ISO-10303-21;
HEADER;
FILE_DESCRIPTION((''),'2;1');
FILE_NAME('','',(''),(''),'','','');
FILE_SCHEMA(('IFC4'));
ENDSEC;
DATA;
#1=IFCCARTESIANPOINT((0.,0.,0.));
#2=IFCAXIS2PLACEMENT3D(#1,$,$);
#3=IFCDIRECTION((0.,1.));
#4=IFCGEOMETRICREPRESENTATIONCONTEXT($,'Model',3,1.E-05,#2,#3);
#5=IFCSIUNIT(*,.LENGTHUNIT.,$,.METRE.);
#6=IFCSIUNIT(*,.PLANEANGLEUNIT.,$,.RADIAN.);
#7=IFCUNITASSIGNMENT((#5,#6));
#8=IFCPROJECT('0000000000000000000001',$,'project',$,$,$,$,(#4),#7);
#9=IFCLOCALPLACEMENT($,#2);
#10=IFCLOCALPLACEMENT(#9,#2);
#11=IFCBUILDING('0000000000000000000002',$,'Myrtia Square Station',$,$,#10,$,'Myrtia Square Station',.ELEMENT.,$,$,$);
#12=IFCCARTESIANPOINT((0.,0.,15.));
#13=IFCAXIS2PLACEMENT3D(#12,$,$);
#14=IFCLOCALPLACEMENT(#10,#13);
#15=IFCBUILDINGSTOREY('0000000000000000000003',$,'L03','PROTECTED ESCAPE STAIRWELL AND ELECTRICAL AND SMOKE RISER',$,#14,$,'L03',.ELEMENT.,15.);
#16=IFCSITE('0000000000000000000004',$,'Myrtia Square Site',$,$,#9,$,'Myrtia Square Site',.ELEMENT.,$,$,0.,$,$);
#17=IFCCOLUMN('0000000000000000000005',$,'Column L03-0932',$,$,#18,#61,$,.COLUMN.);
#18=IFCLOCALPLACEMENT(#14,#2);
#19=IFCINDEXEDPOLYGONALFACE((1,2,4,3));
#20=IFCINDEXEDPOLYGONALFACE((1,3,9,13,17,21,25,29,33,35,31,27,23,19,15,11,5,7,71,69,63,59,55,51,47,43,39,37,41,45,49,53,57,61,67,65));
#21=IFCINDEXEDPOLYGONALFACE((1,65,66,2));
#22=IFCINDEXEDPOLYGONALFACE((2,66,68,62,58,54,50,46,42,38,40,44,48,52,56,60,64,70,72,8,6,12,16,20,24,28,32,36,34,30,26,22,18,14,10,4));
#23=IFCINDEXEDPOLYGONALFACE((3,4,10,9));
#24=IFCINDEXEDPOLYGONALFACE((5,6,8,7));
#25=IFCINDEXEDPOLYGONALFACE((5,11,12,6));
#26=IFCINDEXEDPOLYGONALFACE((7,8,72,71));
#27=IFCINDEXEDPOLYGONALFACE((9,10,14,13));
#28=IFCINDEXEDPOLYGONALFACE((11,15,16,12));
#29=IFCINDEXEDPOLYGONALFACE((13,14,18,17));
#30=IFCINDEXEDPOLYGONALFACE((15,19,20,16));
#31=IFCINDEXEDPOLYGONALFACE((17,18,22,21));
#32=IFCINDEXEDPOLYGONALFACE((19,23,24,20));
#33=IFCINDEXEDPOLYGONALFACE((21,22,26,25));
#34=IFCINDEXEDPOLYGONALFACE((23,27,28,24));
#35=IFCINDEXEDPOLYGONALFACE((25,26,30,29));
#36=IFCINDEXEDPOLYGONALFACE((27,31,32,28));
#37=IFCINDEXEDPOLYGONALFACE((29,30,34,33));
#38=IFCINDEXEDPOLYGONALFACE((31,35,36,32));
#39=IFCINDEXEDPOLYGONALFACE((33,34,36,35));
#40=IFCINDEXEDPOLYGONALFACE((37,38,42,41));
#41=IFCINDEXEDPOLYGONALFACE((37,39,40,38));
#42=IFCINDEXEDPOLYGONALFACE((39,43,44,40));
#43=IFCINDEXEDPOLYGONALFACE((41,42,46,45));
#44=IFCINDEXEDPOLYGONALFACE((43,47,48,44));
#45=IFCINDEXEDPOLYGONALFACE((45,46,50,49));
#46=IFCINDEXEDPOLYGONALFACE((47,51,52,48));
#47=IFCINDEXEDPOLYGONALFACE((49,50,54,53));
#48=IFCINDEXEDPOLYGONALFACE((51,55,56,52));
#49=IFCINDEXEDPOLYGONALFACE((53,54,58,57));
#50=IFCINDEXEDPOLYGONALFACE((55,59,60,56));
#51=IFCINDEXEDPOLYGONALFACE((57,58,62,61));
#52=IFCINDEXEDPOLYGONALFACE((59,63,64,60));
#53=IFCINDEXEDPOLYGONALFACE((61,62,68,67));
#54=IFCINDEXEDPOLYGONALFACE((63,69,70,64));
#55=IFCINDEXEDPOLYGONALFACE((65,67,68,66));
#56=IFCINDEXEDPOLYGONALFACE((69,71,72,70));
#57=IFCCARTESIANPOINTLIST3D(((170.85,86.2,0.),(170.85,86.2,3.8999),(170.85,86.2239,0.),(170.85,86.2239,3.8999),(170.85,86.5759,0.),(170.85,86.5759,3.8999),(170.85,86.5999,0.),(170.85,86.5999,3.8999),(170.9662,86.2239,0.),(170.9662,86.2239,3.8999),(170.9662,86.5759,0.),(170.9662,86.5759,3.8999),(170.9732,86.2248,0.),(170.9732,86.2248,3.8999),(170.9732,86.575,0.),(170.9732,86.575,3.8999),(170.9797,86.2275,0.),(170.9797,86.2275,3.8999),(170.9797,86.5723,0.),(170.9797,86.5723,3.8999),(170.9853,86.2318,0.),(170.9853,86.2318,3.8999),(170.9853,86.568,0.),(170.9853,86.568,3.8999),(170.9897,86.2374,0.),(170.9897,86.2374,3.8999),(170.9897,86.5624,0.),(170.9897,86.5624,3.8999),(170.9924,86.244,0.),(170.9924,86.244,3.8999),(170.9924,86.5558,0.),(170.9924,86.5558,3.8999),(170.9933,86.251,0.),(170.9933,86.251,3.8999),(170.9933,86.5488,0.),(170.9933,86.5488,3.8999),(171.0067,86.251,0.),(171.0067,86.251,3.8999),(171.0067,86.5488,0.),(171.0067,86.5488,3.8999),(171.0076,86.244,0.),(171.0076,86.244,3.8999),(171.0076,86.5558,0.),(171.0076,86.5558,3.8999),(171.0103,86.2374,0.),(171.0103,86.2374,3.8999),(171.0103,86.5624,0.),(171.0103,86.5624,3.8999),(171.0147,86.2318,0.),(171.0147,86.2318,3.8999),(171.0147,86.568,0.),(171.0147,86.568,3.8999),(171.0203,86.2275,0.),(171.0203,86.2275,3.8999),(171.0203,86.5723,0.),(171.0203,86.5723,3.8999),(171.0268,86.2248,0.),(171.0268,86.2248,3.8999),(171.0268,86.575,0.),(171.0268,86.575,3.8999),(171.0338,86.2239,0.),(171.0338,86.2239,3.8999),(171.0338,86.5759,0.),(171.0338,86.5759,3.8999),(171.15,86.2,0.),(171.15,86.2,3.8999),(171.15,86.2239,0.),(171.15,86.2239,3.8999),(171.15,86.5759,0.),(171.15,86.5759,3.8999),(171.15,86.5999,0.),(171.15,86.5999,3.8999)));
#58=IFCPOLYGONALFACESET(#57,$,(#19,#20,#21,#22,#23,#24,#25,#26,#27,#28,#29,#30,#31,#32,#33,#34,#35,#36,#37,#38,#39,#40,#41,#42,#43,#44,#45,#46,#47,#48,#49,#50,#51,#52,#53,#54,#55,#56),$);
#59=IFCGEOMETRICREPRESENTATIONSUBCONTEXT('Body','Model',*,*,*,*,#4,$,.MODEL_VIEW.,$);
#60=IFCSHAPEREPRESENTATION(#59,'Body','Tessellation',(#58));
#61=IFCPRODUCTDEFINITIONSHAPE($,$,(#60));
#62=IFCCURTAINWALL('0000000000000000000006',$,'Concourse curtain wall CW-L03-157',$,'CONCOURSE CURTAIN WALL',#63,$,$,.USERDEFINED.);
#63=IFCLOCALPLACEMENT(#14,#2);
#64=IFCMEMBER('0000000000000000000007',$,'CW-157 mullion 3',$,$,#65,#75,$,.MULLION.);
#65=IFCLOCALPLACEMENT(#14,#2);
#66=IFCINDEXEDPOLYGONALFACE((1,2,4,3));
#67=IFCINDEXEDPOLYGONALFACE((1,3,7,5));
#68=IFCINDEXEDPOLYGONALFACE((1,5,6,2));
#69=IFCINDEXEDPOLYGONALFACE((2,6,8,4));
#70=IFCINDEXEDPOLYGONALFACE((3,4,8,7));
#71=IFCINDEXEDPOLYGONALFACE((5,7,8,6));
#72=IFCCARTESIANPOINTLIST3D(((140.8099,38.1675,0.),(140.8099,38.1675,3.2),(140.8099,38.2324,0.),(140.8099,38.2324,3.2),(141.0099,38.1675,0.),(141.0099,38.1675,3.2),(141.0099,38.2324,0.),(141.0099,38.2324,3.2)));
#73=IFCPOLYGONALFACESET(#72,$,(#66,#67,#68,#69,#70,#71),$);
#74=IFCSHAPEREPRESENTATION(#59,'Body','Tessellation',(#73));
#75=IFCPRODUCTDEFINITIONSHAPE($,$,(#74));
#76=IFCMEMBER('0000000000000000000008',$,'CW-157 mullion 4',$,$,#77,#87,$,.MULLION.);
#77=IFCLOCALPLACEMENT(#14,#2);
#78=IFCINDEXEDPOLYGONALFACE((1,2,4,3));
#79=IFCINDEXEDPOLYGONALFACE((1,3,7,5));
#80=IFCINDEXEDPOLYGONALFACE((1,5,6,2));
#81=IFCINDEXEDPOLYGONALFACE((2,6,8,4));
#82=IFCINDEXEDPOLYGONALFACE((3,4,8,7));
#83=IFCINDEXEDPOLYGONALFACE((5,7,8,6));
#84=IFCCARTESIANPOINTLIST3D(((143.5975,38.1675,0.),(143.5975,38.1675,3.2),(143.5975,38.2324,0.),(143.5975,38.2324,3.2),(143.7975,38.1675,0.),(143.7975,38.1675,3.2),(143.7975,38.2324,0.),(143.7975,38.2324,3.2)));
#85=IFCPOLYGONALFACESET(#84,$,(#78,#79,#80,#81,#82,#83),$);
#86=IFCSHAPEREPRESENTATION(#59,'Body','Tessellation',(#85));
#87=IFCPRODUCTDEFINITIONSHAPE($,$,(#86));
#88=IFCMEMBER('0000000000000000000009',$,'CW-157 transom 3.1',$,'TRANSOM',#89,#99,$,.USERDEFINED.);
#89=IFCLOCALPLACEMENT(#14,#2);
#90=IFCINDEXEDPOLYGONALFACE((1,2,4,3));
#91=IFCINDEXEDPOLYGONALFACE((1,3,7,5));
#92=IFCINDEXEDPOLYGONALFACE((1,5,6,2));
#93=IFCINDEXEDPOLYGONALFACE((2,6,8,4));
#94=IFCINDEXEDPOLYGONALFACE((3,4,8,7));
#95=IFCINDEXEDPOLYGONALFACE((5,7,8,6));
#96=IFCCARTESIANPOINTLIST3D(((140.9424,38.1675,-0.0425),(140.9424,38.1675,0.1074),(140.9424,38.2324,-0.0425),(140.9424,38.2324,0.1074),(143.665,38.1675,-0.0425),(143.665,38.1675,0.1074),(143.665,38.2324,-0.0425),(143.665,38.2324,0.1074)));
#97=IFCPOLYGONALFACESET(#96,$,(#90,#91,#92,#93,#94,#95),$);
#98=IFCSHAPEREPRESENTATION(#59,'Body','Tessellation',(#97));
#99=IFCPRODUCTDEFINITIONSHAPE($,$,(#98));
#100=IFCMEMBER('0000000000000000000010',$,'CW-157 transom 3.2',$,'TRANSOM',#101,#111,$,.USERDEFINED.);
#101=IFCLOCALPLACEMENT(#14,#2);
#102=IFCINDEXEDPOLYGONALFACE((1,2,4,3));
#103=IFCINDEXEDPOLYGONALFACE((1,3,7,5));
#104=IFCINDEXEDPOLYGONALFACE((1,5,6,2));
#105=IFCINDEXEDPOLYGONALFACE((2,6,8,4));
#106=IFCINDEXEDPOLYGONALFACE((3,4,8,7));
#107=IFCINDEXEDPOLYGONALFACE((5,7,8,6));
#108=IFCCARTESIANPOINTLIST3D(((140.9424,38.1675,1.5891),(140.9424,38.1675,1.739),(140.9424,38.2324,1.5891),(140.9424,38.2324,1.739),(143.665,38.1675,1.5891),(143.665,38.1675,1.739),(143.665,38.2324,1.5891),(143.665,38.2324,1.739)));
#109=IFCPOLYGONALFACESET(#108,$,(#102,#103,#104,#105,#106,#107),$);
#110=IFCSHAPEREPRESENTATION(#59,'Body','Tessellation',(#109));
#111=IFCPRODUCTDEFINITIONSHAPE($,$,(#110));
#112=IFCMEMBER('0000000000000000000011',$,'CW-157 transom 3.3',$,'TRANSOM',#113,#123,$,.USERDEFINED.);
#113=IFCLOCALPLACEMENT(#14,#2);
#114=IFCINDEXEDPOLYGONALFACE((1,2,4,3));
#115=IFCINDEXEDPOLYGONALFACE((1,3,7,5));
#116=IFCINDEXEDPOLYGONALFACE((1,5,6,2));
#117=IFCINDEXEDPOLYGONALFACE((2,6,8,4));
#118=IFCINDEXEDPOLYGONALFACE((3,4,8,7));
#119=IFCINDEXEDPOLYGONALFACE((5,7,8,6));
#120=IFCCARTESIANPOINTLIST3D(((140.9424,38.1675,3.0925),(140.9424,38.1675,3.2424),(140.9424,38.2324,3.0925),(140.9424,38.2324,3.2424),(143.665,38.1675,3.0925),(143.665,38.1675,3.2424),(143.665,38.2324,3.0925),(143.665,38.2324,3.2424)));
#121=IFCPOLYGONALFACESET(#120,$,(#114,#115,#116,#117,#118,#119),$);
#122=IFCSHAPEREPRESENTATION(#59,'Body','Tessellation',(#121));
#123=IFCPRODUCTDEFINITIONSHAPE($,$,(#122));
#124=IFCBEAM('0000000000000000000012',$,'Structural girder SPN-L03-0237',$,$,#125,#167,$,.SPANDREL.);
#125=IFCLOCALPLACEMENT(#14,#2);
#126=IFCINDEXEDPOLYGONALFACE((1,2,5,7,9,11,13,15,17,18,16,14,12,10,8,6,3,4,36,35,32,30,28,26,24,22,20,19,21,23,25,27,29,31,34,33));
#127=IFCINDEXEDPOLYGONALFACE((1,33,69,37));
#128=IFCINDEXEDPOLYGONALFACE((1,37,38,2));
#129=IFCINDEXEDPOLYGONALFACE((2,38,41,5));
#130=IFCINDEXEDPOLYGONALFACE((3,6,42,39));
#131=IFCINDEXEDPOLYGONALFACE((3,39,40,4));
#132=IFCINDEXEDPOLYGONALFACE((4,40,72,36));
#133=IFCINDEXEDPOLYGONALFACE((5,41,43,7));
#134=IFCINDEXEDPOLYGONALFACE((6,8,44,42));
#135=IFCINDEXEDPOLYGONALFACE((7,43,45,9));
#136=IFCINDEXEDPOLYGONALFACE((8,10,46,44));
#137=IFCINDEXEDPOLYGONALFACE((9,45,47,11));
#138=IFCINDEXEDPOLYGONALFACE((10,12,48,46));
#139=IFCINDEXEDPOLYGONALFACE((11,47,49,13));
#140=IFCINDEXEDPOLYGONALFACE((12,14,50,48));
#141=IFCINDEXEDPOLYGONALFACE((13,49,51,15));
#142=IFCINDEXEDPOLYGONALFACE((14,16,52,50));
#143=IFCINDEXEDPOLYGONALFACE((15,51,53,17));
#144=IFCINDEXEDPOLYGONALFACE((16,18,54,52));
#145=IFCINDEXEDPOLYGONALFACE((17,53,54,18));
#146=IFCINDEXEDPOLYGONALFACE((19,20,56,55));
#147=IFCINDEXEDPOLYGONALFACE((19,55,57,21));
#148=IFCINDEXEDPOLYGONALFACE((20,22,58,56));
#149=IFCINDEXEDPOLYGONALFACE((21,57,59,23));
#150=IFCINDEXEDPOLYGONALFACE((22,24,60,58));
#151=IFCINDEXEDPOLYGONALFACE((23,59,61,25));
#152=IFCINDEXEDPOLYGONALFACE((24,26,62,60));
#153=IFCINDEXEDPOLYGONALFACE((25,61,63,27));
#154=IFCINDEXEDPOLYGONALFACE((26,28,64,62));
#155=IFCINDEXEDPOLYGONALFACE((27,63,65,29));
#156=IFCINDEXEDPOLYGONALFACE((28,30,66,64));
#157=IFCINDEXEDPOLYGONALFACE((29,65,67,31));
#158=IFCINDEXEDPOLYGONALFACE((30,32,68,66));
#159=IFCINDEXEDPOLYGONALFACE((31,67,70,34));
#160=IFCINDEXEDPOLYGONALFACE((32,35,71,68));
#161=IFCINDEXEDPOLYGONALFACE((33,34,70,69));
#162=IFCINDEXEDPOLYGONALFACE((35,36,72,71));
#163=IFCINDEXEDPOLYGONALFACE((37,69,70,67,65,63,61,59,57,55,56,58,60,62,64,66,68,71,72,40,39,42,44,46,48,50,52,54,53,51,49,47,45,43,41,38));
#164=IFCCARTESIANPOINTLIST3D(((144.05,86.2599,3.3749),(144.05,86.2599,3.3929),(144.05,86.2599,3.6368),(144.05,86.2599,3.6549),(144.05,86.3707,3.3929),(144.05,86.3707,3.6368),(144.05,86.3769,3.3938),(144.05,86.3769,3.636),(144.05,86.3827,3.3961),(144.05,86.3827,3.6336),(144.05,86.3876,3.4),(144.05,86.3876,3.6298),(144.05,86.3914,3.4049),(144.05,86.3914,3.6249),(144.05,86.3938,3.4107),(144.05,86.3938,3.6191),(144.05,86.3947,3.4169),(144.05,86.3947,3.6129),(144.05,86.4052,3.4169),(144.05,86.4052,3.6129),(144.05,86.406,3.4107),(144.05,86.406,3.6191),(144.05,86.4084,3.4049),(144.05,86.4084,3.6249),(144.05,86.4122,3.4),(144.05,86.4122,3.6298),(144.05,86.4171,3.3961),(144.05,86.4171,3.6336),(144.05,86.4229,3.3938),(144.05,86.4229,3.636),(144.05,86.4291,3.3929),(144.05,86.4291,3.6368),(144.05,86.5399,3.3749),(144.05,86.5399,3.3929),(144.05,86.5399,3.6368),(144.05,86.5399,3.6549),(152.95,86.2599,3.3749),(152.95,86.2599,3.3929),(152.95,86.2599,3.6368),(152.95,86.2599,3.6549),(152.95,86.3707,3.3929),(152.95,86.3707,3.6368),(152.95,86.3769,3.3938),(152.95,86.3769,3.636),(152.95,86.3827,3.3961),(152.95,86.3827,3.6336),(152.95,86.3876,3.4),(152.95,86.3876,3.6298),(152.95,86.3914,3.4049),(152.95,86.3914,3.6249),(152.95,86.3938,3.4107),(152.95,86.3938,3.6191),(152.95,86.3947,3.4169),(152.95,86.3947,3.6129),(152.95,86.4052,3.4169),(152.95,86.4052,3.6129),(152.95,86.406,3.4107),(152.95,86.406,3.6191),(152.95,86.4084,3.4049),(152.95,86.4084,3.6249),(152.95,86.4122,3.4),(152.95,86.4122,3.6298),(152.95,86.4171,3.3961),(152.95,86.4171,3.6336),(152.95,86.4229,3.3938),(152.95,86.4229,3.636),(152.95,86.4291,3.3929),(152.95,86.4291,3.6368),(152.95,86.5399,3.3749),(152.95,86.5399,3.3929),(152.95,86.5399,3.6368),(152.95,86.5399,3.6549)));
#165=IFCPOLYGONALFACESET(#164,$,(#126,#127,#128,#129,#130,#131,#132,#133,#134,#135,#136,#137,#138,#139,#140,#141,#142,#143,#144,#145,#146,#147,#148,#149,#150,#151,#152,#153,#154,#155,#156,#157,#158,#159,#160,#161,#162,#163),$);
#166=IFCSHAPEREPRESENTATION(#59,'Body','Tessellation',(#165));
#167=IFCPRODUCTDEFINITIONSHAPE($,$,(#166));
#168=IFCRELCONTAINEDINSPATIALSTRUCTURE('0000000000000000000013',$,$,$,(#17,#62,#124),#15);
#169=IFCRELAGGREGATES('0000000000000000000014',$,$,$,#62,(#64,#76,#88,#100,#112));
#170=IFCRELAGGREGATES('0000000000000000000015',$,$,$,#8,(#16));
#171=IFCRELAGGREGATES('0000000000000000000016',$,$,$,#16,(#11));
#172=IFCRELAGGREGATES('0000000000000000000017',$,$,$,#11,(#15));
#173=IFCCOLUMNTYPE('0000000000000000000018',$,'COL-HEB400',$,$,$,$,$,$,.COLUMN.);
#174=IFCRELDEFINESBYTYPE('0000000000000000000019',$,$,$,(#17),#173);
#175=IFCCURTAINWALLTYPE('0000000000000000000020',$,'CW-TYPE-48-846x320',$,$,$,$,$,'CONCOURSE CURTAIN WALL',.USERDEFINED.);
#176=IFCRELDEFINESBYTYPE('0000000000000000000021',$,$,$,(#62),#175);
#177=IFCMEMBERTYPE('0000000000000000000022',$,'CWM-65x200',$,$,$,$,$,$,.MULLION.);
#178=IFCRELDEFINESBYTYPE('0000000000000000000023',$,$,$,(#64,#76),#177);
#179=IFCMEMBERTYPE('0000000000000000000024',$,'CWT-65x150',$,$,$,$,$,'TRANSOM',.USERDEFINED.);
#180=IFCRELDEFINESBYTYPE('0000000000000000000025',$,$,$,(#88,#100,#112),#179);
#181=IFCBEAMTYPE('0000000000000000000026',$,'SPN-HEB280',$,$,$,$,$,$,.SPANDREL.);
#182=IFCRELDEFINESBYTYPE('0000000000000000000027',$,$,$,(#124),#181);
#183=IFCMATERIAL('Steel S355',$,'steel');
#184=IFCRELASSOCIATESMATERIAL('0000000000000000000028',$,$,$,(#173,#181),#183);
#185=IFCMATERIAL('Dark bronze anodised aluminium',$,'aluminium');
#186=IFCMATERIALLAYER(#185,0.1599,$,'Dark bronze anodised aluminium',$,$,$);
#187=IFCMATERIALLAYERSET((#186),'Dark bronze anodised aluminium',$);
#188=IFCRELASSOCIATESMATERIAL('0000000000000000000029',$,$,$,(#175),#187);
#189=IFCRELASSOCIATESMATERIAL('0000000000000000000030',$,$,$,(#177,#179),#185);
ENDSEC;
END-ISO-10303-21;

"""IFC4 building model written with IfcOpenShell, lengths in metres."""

from ifc_helpers import new_model, si_unit, direction, frame, origin, origin_2d, place, context, subcontext, project, spatial, rectangle, i_section, extrude, material, layer, layer_set, material_profile, profile_set, type_object, element, aggregate, save


model = new_model("IFC4")

# Units and contexts
model_context = context("Model", 3, precision=1e-05, world=origin(), true_north=direction((0.0, 1.0)))
body_context = subcontext(model_context, "Body", "Model", "MODEL_VIEW")
ifc_project = project(units=[si_unit("LENGTHUNIT", "METRE"), si_unit("PLANEANGLEUNIT", "RADIAN")], contexts=[model_context])

# Site, building, storey
site_placement = place(None, origin())
site = spatial("IfcSite", under=ifc_project, at=site_placement, Name="Myrtia Square Site", LongName="Myrtia Square Site", CompositionType="ELEMENT", RefElevation=0.0)
building_placement = place(site_placement, origin())
building = spatial("IfcBuilding", under=site, at=building_placement, Name="Myrtia Square Station", LongName="Myrtia Square Station", CompositionType="ELEMENT")
storey_placement = place(building_placement, frame((0.0, 0.0, 15.0)))
storey = spatial("IfcBuildingStorey", under=building, at=storey_placement, Name="L03", Description="PROTECTED ESCAPE STAIRWELL AND ELECTRICAL AND SMOKE RISER", LongName="L03", CompositionType="ELEMENT", Elevation=15.0)

# Column
ifc_material_1 = material(Name="Steel S355", Category="steel")
ifc_material_profile_1 = material_profile(ifc_material_1, i_section(OverallWidth=0.3, OverallDepth=0.3999, WebThickness=0.0134, FlangeThickness=0.0239, FilletRadius=0.0271, at=origin_2d()), Name="HEB 400")
ifc_profile_set_1 = profile_set([ifc_material_profile_1], Name="Steel S355")
column_type_1 = type_object("IfcColumnType", Name="COL-HEB400", PredefinedType="COLUMN", material=ifc_profile_set_1)
for number, where, z_axis, x_axis, name in (
    (1, (171.0, 86.3999, 0.0), (0.0, 0.0, 1.0), (1.0, 0.0, 0.0), "Column L03-0932"),
):
    element("IfcColumn", number, at=place(storey_placement, frame(where, z_axis=z_axis, x_axis=x_axis)), inside=storey, type_object=column_type_1, Name=name, PredefinedType="COLUMN", context=body_context, shape_type="SweptSolid", body=[
        extrude(i_section(OverallWidth=0.3, OverallDepth=0.3999, WebThickness=0.0134, FlangeThickness=0.0239, FilletRadius=0.0271, at=origin_2d()), origin(), (0.0, 0.0, 1.0), 3.8999),
    ])

# Curtain wall, members
ifc_material_2 = material(Name="Dark bronze anodised aluminium", Category="aluminium")
ifc_layer_1 = layer(ifc_material_2, 0.1599, Name="Dark bronze anodised aluminium")
ifc_layer_set_1 = layer_set([ifc_layer_1], Name="Dark bronze anodised aluminium")
curtain_wall_type = type_object("IfcCurtainWallType", Name="CW-TYPE-48-846x320", ElementType="CONCOURSE CURTAIN WALL", PredefinedType="USERDEFINED", material=ifc_layer_set_1)
curtain_wall_placement = place(storey_placement, origin())
curtain_wall = element("IfcCurtainWall", 2, at=curtain_wall_placement, inside=storey, type_object=curtain_wall_type, Name="Concourse curtain wall CW-L03-157", ObjectType="CONCOURSE CURTAIN WALL", PredefinedType="USERDEFINED")
ifc_material_profile_2 = material_profile(ifc_material_2, rectangle(XDim=0.0649, YDim=0.2, at=origin_2d()), Name="ALU-M 65x200")
ifc_profile_set_2 = profile_set([ifc_material_profile_2], Name="Dark bronze anodised aluminium")
member_type_1 = type_object("IfcMemberType", Name="CWM-65x200", PredefinedType="MULLION", material=ifc_profile_set_2)
member_1_placement = place(storey_placement, frame((140.9099, 38.2, 0.0), z_axis=(0.0, 0.0, 1.0), x_axis=(0.0, 1.0, 0.0)))
member_1 = element("IfcMember", 3, at=member_1_placement, type_object=member_type_1, Name="CW-157 mullion 3", PredefinedType="MULLION", context=body_context, shape_type="SweptSolid", body=[
    extrude(rectangle(XDim=0.0649, YDim=0.2, at=origin_2d()), origin(), (0.0, 0.0, 1.0), 3.2),
])
member_2_placement = place(storey_placement, frame((143.6975, 38.2, 0.0), z_axis=(0.0, 0.0, 1.0), x_axis=(0.0, 1.0, 0.0)))
member_2 = element("IfcMember", 4, at=member_2_placement, type_object=member_type_1, Name="CW-157 mullion 4", PredefinedType="MULLION", context=body_context, shape_type="SweptSolid", body=[
    extrude(rectangle(XDim=0.0649, YDim=0.2, at=origin_2d()), origin(), (0.0, 0.0, 1.0), 3.2),
])
ifc_material_profile_3 = material_profile(ifc_material_2, rectangle(XDim=0.0649, YDim=0.1499, at=origin_2d()), Name="ALU-T 65x150")
ifc_profile_set_3 = profile_set([ifc_material_profile_3], Name="Dark bronze anodised aluminium")
member_type_2 = type_object("IfcMemberType", Name="CWT-65x150", ElementType="TRANSOM", PredefinedType="USERDEFINED", material=ifc_profile_set_3)
member_3_placement = place(storey_placement, frame((140.9424, 38.2, 0.0325), z_axis=(1.0, 0.0, 0.0), x_axis=(0.0, 1.0, 0.0)))
member_3 = element("IfcMember", 5, at=member_3_placement, type_object=member_type_2, Name="CW-157 transom 3.1", ObjectType="TRANSOM", PredefinedType="USERDEFINED", context=body_context, shape_type="SweptSolid", body=[
    extrude(rectangle(XDim=0.0649, YDim=0.1499, at=origin_2d()), origin(), (0.0, 0.0, 1.0), 2.7227),
])
member_4_placement = place(storey_placement, frame((140.9424, 38.2, 1.6641), z_axis=(1.0, 0.0, 0.0), x_axis=(0.0, 1.0, 0.0)))
member_4 = element("IfcMember", 6, at=member_4_placement, type_object=member_type_2, Name="CW-157 transom 3.2", ObjectType="TRANSOM", PredefinedType="USERDEFINED", context=body_context, shape_type="SweptSolid", body=[
    extrude(rectangle(XDim=0.0649, YDim=0.1499, at=origin_2d()), origin(), (0.0, 0.0, 1.0), 2.7227),
])
member_5_placement = place(storey_placement, frame((140.9424, 38.2, 3.1675), z_axis=(1.0, 0.0, 0.0), x_axis=(0.0, 1.0, 0.0)))
member_5 = element("IfcMember", 7, at=member_5_placement, type_object=member_type_2, Name="CW-157 transom 3.3", ObjectType="TRANSOM", PredefinedType="USERDEFINED", context=body_context, shape_type="SweptSolid", body=[
    extrude(rectangle(XDim=0.0649, YDim=0.1499, at=origin_2d()), origin(), (0.0, 0.0, 1.0), 2.7227),
])

# Beam
ifc_material_profile_4 = material_profile(ifc_material_1, i_section(OverallWidth=0.28, OverallDepth=0.28, WebThickness=0.0105, FlangeThickness=0.0181, FilletRadius=0.0239, at=origin_2d()), Name="HEB 280")
ifc_profile_set_4 = profile_set([ifc_material_profile_4], Name="Steel S355")
beam_type = type_object("IfcBeamType", Name="SPN-HEB280", PredefinedType="SPANDREL", material=ifc_profile_set_4)
for number, where, z_axis, x_axis, name in (
    (8, (144.05, 86.3999, 3.5149), (1.0, 0.0, 0.0), (0.0, 1.0, 0.0), "Structural girder SPN-L03-0237"),
):
    element("IfcBeam", number, at=place(storey_placement, frame(where, z_axis=z_axis, x_axis=x_axis)), inside=storey, type_object=beam_type, Name=name, PredefinedType="SPANDREL", context=body_context, shape_type="SweptSolid", body=[
        extrude(i_section(OverallWidth=0.28, OverallDepth=0.28, WebThickness=0.0105, FlangeThickness=0.0181, FilletRadius=0.0239, at=origin_2d()), origin(), (0.0, 0.0, 1.0), 8.8999),
    ])

aggregate(curtain_wall, [member_1, member_2, member_3, member_4, member_5])

save(model, "model.ifc")
